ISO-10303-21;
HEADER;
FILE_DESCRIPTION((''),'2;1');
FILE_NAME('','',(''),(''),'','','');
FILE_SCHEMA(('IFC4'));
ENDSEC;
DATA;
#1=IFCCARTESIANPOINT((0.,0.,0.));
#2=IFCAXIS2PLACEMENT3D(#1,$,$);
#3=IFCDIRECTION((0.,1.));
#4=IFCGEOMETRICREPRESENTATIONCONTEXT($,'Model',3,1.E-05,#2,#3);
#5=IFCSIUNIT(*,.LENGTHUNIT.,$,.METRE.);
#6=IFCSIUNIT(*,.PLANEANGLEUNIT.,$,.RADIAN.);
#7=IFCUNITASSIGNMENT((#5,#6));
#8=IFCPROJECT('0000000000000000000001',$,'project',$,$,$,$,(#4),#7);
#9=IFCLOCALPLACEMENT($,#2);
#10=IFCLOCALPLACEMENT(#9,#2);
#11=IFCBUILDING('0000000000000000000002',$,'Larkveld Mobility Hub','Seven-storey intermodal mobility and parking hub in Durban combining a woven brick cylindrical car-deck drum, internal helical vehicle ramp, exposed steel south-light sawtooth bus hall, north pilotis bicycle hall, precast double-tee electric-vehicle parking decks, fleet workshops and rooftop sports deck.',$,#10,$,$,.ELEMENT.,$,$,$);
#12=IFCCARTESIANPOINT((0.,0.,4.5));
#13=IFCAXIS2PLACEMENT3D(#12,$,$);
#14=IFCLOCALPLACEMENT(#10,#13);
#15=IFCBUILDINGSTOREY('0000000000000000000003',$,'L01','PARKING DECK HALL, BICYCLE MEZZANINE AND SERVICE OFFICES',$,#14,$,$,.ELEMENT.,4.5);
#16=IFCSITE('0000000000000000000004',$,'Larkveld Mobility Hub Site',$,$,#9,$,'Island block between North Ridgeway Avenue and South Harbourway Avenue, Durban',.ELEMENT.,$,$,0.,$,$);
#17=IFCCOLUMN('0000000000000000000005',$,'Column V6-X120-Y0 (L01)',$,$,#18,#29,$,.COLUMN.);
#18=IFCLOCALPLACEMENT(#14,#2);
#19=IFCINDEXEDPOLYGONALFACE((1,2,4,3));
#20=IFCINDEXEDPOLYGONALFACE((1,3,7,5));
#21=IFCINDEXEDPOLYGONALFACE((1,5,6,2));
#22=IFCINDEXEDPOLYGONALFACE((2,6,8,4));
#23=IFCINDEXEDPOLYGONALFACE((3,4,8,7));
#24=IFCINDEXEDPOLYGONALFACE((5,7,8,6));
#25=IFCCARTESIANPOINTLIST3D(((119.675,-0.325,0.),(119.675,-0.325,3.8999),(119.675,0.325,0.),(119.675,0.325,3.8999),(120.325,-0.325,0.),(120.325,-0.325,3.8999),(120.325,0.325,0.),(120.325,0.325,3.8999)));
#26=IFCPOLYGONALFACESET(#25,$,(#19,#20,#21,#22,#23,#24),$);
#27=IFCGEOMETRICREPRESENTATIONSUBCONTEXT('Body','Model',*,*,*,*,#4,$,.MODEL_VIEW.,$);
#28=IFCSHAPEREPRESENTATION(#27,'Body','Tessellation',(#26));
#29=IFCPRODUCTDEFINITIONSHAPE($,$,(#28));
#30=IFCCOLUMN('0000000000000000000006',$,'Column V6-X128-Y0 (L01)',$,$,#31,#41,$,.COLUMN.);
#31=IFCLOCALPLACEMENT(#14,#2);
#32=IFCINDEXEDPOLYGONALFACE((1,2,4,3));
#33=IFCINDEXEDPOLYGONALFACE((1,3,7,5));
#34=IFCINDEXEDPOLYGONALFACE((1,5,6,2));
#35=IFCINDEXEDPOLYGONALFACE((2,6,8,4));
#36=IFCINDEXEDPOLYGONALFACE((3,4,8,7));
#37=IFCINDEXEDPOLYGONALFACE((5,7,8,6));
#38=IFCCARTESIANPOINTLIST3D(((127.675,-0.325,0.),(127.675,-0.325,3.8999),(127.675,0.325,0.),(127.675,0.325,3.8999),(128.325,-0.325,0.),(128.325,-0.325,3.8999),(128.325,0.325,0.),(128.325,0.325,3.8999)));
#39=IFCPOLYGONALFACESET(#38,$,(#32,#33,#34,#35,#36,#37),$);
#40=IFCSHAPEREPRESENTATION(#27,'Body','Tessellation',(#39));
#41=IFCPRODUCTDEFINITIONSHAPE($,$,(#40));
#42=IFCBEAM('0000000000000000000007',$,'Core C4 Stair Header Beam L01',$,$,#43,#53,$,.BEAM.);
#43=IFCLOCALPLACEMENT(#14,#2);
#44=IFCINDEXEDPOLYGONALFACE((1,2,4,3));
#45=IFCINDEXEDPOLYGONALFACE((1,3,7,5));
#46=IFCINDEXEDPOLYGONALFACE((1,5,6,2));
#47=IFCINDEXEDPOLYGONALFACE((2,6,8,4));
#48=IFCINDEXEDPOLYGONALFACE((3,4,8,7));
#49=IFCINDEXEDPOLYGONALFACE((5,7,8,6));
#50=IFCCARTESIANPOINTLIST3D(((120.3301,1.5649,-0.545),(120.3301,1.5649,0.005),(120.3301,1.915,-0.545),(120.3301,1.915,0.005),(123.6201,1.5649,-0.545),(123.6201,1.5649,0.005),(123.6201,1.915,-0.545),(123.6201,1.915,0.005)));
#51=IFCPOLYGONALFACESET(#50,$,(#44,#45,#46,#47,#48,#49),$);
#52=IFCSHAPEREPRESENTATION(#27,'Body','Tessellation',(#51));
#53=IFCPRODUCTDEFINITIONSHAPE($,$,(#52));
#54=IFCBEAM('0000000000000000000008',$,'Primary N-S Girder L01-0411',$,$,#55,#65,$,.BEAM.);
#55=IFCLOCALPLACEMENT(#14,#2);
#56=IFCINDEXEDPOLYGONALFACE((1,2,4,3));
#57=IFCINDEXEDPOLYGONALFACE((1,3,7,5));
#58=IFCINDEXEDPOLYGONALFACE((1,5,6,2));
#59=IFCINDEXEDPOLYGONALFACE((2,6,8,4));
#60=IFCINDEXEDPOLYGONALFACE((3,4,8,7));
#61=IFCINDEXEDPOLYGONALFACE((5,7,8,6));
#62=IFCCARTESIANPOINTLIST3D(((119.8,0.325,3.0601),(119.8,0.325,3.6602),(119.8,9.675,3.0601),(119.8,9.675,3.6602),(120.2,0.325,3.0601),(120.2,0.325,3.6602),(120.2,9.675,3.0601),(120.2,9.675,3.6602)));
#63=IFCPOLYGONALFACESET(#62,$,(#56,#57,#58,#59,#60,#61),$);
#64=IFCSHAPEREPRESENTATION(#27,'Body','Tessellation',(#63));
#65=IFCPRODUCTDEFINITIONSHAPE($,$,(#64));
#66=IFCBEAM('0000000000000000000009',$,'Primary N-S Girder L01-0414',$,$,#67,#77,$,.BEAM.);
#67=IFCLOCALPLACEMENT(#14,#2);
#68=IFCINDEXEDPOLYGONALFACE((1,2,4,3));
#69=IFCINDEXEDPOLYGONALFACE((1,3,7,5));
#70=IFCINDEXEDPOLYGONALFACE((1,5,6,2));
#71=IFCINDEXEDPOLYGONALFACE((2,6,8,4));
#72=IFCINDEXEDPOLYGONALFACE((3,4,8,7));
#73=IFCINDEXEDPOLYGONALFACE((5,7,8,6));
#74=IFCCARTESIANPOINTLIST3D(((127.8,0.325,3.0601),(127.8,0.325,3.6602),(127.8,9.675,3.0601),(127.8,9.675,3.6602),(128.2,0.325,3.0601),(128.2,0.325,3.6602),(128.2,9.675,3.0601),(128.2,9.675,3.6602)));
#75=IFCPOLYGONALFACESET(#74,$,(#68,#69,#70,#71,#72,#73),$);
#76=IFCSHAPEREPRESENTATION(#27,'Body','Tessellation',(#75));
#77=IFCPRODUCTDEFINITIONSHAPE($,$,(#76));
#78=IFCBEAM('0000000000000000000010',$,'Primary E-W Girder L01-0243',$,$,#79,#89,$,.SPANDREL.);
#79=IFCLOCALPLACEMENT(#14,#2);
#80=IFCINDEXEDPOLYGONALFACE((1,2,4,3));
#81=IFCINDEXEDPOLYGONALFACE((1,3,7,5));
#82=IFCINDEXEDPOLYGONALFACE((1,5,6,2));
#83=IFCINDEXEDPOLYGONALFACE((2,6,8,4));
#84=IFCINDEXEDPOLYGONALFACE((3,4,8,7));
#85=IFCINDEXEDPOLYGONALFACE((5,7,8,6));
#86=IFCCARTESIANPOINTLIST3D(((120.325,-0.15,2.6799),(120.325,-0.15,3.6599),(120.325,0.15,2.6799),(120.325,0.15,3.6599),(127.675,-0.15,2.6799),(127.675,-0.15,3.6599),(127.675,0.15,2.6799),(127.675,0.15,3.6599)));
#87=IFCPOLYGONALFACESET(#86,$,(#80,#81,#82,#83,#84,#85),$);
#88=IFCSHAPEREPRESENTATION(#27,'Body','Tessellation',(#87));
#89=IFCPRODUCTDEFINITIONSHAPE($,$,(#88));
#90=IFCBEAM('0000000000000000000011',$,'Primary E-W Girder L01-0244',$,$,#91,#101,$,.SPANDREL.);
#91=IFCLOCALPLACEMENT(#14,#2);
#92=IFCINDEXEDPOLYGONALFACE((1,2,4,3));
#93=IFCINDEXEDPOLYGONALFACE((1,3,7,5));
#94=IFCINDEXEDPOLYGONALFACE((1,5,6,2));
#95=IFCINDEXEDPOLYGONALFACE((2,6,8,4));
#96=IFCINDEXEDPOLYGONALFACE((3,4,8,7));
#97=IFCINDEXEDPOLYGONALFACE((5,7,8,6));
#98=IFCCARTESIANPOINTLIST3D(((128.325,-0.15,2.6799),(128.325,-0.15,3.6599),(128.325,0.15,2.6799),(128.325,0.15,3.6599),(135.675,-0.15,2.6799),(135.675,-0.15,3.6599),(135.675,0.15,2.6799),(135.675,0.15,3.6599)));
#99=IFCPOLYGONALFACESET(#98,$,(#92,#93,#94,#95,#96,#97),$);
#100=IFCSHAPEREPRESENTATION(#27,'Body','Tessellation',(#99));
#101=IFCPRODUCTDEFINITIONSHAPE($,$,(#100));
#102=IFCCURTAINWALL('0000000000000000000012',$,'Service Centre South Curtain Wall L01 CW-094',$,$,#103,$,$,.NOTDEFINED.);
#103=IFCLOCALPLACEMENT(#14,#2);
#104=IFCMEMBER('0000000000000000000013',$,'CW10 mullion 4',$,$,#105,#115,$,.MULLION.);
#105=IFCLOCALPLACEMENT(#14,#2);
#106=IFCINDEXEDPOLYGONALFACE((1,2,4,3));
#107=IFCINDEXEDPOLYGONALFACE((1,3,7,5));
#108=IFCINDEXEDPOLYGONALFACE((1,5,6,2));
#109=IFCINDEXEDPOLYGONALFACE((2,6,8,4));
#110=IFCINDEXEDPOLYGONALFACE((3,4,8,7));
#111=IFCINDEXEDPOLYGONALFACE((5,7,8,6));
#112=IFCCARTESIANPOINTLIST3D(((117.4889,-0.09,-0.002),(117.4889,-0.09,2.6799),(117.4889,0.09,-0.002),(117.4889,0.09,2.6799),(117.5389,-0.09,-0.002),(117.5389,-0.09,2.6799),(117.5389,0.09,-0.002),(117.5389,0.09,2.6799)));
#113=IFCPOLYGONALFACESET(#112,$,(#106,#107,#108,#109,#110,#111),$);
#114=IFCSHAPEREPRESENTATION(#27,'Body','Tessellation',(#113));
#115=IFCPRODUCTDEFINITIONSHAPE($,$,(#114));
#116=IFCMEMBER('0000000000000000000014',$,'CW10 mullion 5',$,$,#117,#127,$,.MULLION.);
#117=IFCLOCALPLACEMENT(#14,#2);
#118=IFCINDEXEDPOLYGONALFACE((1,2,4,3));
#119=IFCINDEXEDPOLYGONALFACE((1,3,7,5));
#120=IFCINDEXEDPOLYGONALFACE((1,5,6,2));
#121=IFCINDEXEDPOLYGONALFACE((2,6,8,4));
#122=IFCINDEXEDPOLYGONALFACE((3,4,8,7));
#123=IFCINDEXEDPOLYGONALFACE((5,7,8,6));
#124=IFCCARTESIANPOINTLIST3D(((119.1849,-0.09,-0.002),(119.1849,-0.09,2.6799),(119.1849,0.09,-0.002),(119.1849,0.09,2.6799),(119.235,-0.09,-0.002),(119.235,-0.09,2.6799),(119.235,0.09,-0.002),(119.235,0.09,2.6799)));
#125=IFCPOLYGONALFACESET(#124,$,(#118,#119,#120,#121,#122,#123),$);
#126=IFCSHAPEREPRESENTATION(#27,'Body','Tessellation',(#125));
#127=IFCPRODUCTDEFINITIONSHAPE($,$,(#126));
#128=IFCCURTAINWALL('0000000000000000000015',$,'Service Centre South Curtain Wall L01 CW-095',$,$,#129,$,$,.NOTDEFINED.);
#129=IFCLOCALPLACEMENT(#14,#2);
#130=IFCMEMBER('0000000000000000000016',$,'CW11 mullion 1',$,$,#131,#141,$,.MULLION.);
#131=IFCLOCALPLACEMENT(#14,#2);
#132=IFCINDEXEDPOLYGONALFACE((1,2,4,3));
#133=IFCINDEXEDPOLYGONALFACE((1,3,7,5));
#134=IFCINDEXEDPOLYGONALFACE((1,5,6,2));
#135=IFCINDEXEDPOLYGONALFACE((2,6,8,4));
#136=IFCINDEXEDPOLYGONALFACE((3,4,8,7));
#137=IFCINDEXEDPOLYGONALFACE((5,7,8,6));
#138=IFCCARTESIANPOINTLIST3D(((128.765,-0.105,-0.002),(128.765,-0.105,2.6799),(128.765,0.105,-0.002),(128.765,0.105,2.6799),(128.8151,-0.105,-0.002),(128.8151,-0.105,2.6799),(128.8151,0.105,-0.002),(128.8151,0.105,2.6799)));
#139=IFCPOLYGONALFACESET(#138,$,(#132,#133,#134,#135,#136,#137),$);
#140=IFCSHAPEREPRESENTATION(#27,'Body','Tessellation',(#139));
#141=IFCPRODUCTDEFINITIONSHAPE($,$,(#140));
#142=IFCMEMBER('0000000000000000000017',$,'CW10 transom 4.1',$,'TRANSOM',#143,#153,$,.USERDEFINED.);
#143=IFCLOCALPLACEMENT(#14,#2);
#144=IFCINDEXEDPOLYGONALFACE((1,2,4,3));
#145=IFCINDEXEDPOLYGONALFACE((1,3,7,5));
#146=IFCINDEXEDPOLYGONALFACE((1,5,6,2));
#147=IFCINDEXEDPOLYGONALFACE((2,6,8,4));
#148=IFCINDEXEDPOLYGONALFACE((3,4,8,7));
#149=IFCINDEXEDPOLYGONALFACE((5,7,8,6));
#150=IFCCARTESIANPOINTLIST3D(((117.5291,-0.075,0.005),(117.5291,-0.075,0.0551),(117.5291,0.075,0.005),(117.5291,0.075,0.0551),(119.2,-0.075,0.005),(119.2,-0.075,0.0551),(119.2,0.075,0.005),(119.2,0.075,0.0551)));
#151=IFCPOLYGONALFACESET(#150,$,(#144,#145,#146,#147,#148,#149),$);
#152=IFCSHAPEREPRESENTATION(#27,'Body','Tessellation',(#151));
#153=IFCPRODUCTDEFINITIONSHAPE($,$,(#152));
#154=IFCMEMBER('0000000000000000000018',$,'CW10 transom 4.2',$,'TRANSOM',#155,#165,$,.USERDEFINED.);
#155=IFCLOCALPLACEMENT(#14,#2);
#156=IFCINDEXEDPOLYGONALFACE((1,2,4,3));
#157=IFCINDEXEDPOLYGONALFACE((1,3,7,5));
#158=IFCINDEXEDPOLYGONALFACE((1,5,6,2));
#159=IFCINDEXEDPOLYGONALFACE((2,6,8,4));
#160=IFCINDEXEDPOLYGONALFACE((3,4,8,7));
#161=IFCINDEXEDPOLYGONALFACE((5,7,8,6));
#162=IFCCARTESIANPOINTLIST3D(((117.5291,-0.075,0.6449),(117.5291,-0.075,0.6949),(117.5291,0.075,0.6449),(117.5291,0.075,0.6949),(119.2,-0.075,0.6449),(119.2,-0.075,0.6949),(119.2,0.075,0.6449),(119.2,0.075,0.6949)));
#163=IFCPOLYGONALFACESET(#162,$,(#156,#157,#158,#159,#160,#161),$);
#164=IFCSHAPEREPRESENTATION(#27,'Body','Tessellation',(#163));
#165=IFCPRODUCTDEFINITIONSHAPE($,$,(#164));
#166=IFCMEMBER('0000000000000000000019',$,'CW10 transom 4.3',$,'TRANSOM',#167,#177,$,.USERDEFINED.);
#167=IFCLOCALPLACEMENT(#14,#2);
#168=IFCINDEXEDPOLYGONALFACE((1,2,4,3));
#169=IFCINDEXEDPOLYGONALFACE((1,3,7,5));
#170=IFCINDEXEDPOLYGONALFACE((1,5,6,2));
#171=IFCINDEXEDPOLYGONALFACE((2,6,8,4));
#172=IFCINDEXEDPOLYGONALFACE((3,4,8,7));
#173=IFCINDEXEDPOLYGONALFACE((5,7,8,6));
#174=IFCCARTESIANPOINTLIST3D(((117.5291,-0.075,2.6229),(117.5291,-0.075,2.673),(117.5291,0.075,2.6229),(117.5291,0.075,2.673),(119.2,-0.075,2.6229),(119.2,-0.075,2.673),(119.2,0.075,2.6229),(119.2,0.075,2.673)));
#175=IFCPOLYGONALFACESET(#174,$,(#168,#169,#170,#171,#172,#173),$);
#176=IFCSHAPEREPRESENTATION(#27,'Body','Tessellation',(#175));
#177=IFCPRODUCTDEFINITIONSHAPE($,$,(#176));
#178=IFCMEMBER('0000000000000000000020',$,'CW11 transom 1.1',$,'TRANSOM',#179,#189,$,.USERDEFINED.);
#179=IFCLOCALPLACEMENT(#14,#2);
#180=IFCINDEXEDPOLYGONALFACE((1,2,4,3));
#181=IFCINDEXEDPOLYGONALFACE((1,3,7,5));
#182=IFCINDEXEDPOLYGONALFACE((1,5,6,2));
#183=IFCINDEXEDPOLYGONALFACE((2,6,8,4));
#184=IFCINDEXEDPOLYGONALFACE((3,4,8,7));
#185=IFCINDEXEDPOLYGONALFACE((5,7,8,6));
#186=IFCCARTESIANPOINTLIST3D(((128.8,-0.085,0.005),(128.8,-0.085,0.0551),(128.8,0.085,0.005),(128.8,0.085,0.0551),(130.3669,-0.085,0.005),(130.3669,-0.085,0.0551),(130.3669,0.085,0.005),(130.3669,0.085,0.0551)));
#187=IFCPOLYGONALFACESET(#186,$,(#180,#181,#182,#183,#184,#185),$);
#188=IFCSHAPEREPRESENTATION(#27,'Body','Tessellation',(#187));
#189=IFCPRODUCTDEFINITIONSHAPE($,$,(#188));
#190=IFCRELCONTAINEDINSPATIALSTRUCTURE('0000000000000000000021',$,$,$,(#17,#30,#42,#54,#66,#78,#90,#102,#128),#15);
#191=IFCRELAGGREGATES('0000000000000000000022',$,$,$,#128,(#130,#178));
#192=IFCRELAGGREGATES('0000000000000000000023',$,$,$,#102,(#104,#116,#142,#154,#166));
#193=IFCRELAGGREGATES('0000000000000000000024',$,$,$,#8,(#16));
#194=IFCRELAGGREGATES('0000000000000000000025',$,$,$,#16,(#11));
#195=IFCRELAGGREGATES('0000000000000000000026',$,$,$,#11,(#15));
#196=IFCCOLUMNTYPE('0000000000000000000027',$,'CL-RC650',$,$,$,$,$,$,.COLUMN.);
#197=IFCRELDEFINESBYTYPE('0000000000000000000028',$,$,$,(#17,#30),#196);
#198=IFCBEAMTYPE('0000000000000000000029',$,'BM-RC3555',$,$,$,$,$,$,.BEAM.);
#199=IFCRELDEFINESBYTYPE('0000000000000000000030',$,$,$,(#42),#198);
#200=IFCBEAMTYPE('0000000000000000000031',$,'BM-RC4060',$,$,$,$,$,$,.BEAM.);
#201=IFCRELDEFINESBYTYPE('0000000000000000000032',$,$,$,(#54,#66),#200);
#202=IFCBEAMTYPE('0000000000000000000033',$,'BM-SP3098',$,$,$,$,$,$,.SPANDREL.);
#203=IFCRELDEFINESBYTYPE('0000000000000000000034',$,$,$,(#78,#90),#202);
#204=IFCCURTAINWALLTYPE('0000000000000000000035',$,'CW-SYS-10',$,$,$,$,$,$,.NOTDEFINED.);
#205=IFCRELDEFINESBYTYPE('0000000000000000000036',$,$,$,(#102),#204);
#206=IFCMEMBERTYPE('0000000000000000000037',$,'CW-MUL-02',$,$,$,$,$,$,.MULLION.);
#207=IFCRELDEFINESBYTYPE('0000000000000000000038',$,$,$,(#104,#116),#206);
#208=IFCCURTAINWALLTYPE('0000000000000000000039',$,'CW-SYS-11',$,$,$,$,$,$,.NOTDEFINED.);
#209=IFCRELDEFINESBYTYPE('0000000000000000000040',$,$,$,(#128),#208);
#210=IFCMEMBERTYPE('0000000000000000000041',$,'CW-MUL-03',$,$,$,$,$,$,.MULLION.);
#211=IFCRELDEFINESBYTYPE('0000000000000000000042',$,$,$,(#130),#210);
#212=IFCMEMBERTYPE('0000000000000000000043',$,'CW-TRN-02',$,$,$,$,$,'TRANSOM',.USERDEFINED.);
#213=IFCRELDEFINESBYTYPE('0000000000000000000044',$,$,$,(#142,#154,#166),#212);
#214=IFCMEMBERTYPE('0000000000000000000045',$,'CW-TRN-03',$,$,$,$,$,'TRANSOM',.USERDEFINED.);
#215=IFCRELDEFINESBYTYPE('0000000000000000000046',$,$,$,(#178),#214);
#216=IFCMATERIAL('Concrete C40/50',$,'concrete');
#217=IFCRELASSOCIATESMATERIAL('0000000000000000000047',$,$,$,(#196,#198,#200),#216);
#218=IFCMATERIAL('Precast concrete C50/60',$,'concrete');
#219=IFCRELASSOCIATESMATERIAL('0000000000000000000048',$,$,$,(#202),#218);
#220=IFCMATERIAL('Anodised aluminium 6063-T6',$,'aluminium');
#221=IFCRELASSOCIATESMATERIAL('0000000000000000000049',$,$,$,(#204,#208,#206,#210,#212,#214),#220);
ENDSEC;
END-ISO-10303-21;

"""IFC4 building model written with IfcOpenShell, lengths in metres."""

from ifc_helpers import new_model, si_unit, direction, frame, origin, origin_2d, place, context, subcontext, project, spatial, rectangle, extrude, material, material_profile, profile_set, type_object, element, aggregate, save


model = new_model("IFC4")

# Units and contexts
model_context = context("Model", 3, precision=1e-05, world=origin(), true_north=direction((0.0, 1.0)))
body_context = subcontext(model_context, "Body", "Model", "MODEL_VIEW")
ifc_project = project(units=[si_unit("LENGTHUNIT", "METRE"), si_unit("PLANEANGLEUNIT", "RADIAN")], contexts=[model_context])

# Site, building, storey
site_placement = place(None, origin())
site = spatial("IfcSite", under=ifc_project, at=site_placement, Name="Larkveld Mobility Hub Site", LongName="Island block between North Ridgeway Avenue and South Harbourway Avenue, Durban", CompositionType="ELEMENT", RefElevation=0.0)
building_placement = place(site_placement, origin())
building = spatial("IfcBuilding", under=site, at=building_placement, Name="Larkveld Mobility Hub", Description="Seven-storey intermodal mobility and parking hub in Durban combining a woven brick cylindrical car-deck drum, internal helical vehicle ramp, exposed steel south-light sawtooth bus hall, north pilotis bicycle hall, precast double-tee electric-vehicle parking decks, fleet workshops and rooftop sports deck.", CompositionType="ELEMENT")
storey_placement = place(building_placement, frame((0.0, 0.0, 4.5)))
storey = spatial("IfcBuildingStorey", under=building, at=storey_placement, Name="L01", Description="PARKING DECK HALL, BICYCLE MEZZANINE AND SERVICE OFFICES", CompositionType="ELEMENT", Elevation=4.5)

# Columns
ifc_material_1 = material(Name="Concrete C40/50", Category="concrete")
ifc_material_profile_1 = material_profile(ifc_material_1, rectangle(XDim=0.6499, YDim=0.6499, at=origin_2d()), Name="RC COL 650x650")
ifc_profile_set_1 = profile_set([ifc_material_profile_1], Name="Concrete C40/50")
column_type = type_object("IfcColumnType", Name="CL-RC650", PredefinedType="COLUMN", material=ifc_profile_set_1)
for number, where, z_axis, x_axis, name in (
    (1, (120.0, 0.0, 0.0), (0.0, 0.0, 1.0), (1.0, 0.0, 0.0), "Column V6-X120-Y0 (L01)"),
    (2, (128.0, 0.0, 0.0), (0.0, 0.0, 1.0), (1.0, 0.0, 0.0), "Column V6-X128-Y0 (L01)"),
):
    element("IfcColumn", number, at=place(storey_placement, frame(where, z_axis=z_axis, x_axis=x_axis)), inside=storey, type_object=column_type, Name=name, PredefinedType="COLUMN", context=body_context, shape_type="SweptSolid", body=[
        extrude(rectangle(XDim=0.6499, YDim=0.6499, at=origin_2d()), origin(), (0.0, 0.0, 1.0), 3.8999),
    ])

# Beams
ifc_material_profile_2 = material_profile(ifc_material_1, rectangle(XDim=0.3501, YDim=0.55, at=origin_2d()), Name="RC BM 350x550")
ifc_profile_set_2 = profile_set([ifc_material_profile_2], Name="Concrete C40/50")
beam_type_1 = type_object("IfcBeamType", Name="BM-RC3555", PredefinedType="BEAM", material=ifc_profile_set_2)
beam_placement = place(storey_placement, frame((120.3301, 1.74, -0.27), z_axis=(1.0, 0.0, 0.0), x_axis=(0.0, 1.0, 0.0)))
element("IfcBeam", 3, at=beam_placement, inside=storey, type_object=beam_type_1, Name="Core C4 Stair Header Beam L01", PredefinedType="BEAM", context=body_context, shape_type="SweptSolid", body=[
    extrude(rectangle(XDim=0.3501, YDim=0.55, at=origin_2d()), origin(), (0.0, 0.0, 1.0), 3.29),
])
ifc_material_profile_3 = material_profile(ifc_material_1, rectangle(XDim=0.3999, YDim=0.6001, at=origin_2d()), Name="RC BM 400x600")
ifc_profile_set_3 = profile_set([ifc_material_profile_3], Name="Concrete C40/50")
beam_type_2 = type_object("IfcBeamType", Name="BM-RC4060", PredefinedType="BEAM", material=ifc_profile_set_3)
for number, where, z_axis, x_axis, name in (
    (4, (120.0, 0.325, 3.3601), (0.0, 1.0, 0.0), (-1.0, 0.0, 0.0), "Primary N-S Girder L01-0411"),
    (5, (128.0, 0.325, 3.3601), (0.0, 1.0, 0.0), (-1.0, 0.0, 0.0), "Primary N-S Girder L01-0414"),
):
    element("IfcBeam", number, at=place(storey_placement, frame(where, z_axis=z_axis, x_axis=x_axis)), inside=storey, type_object=beam_type_2, Name=name, PredefinedType="BEAM", context=body_context, shape_type="SweptSolid", body=[
        extrude(rectangle(XDim=0.3999, YDim=0.6001, at=origin_2d()), origin(), (0.0, 0.0, 1.0), 9.3501),
    ])
ifc_material_2 = material(Name="Precast concrete C50/60", Category="concrete")
ifc_material_profile_4 = material_profile(ifc_material_2, rectangle(XDim=0.3, YDim=0.98, at=origin_2d()), Name="PC SP 300x980")
ifc_profile_set_4 = profile_set([ifc_material_profile_4], Name="Precast concrete C50/60")
beam_type_3 = type_object("IfcBeamType", Name="BM-SP3098", PredefinedType="SPANDREL", material=ifc_profile_set_4)
for number, where, z_axis, x_axis, name in (
    (6, (120.325, 0.0, 3.1699), (1.0, 0.0, 0.0), (0.0, 1.0, 0.0), "Primary E-W Girder L01-0243"),
    (7, (128.325, 0.0, 3.1699), (1.0, 0.0, 0.0), (0.0, 1.0, 0.0), "Primary E-W Girder L01-0244"),
):
    element("IfcBeam", number, at=place(storey_placement, frame(where, z_axis=z_axis, x_axis=x_axis)), inside=storey, type_object=beam_type_3, Name=name, PredefinedType="SPANDREL", context=body_context, shape_type="SweptSolid", body=[
        extrude(rectangle(XDim=0.3, YDim=0.98, at=origin_2d()), origin(), (0.0, 0.0, 1.0), 7.3501),
    ])

# Curtain wall, members
ifc_material_3 = material(Name="Anodised aluminium 6063-T6", Category="aluminium")
curtain_wall_type_1 = type_object("IfcCurtainWallType", Name="CW-SYS-10", PredefinedType="NOTDEFINED", material=ifc_material_3)
curtain_wall_1_placement = place(storey_placement, origin())
curtain_wall_1 = element("IfcCurtainWall", 8, at=curtain_wall_1_placement, inside=storey, type_object=curtain_wall_type_1, Name="Service Centre South Curtain Wall L01 CW-094", PredefinedType="NOTDEFINED")
ifc_material_profile_5 = material_profile(ifc_material_3, rectangle(XDim=0.05, YDim=0.1799, at=origin_2d()), Name="ALU MULL 50x180")
ifc_profile_set_5 = profile_set([ifc_material_profile_5], Name="Anodised aluminium 6063-T6")
member_type_1 = type_object("IfcMemberType", Name="CW-MUL-02", PredefinedType="MULLION", material=ifc_profile_set_5)
member_1_placement = place(storey_placement, frame((117.5139, 0.0, -0.002), z_axis=(0.0, 0.0, 1.0), x_axis=(1.0, 0.0, 0.0)))
member_1 = element("IfcMember", 9, at=member_1_placement, type_object=member_type_1, Name="CW10 mullion 4", PredefinedType="MULLION", context=body_context, shape_type="SweptSolid", body=[
    extrude(rectangle(XDim=0.05, YDim=0.1799, at=origin_2d()), origin(), (0.0, 0.0, 1.0), 2.6819),
])
member_2_placement = place(storey_placement, frame((119.21, 0.0, -0.002), z_axis=(0.0, 0.0, 1.0), x_axis=(1.0, 0.0, 0.0)))
member_2 = element("IfcMember", 10, at=member_2_placement, type_object=member_type_1, Name="CW10 mullion 5", PredefinedType="MULLION", context=body_context, shape_type="SweptSolid", body=[
    extrude(rectangle(XDim=0.05, YDim=0.1799, at=origin_2d()), origin(), (0.0, 0.0, 1.0), 2.6819),
])

# Curtain wall, member
curtain_wall_type_2 = type_object("IfcCurtainWallType", Name="CW-SYS-11", PredefinedType="NOTDEFINED", material=ifc_material_3)
curtain_wall_2_placement = place(storey_placement, origin())
curtain_wall_2 = element("IfcCurtainWall", 11, at=curtain_wall_2_placement, inside=storey, type_object=curtain_wall_type_2, Name="Service Centre South Curtain Wall L01 CW-095", PredefinedType="NOTDEFINED")
ifc_material_profile_6 = material_profile(ifc_material_3, rectangle(XDim=0.05, YDim=0.21, at=origin_2d()), Name="ALU MULL 50x210")
ifc_profile_set_6 = profile_set([ifc_material_profile_6], Name="Anodised aluminium 6063-T6")
member_type_2 = type_object("IfcMemberType", Name="CW-MUL-03", PredefinedType="MULLION", material=ifc_profile_set_6)
member_3_placement = place(storey_placement, frame((128.79, 0.0, -0.002), z_axis=(0.0, 0.0, 1.0), x_axis=(1.0, 0.0, 0.0)))
member_3 = element("IfcMember", 12, at=member_3_placement, type_object=member_type_2, Name="CW11 mullion 1", PredefinedType="MULLION", context=body_context, shape_type="SweptSolid", body=[
    extrude(rectangle(XDim=0.05, YDim=0.21, at=origin_2d()), origin(), (0.0, 0.0, 1.0), 2.6819),
])

# Members
ifc_material_profile_7 = material_profile(ifc_material_3, rectangle(XDim=0.1499, YDim=0.05, at=origin_2d()), Name="ALU TRAN 50x150")
ifc_profile_set_7 = profile_set([ifc_material_profile_7], Name="Anodised aluminium 6063-T6")
member_type_3 = type_object("IfcMemberType", Name="CW-TRN-02", ElementType="TRANSOM", PredefinedType="USERDEFINED", material=ifc_profile_set_7)
member_4_placement = place(storey_placement, frame((117.5291, 0.0, 0.03), z_axis=(1.0, 0.0, 0.0), x_axis=(0.0, 1.0, 0.0)))
member_4 = element("IfcMember", 13, at=member_4_placement, type_object=member_type_3, Name="CW10 transom 4.1", ObjectType="TRANSOM", PredefinedType="USERDEFINED", context=body_context, shape_type="SweptSolid", body=[
    extrude(rectangle(XDim=0.1499, YDim=0.05, at=origin_2d()), origin(), (0.0, 0.0, 1.0), 1.6709),
])
member_5_placement = place(storey_placement, frame((117.5291, 0.0, 0.6699), z_axis=(1.0, 0.0, 0.0), x_axis=(0.0, 1.0, 0.0)))
member_5 = element("IfcMember", 14, at=member_5_placement, type_object=member_type_3, Name="CW10 transom 4.2", ObjectType="TRANSOM", PredefinedType="USERDEFINED", context=body_context, shape_type="SweptSolid", body=[
    extrude(rectangle(XDim=0.1499, YDim=0.05, at=origin_2d()), origin(), (0.0, 0.0, 1.0), 1.6709),
])
member_6_placement = place(storey_placement, frame((117.5291, 0.0, 2.6479), z_axis=(1.0, 0.0, 0.0), x_axis=(0.0, 1.0, 0.0)))
member_6 = element("IfcMember", 15, at=member_6_placement, type_object=member_type_3, Name="CW10 transom 4.3", ObjectType="TRANSOM", PredefinedType="USERDEFINED", context=body_context, shape_type="SweptSolid", body=[
    extrude(rectangle(XDim=0.1499, YDim=0.05, at=origin_2d()), origin(), (0.0, 0.0, 1.0), 1.6709),
])
ifc_material_profile_8 = material_profile(ifc_material_3, rectangle(XDim=0.1699, YDim=0.05, at=origin_2d()), Name="ALU TRAN 50x170")
ifc_profile_set_8 = profile_set([ifc_material_profile_8], Name="Anodised aluminium 6063-T6")
member_type_4 = type_object("IfcMemberType", Name="CW-TRN-03", ElementType="TRANSOM", PredefinedType="USERDEFINED", material=ifc_profile_set_8)
member_7_placement = place(storey_placement, frame((128.8, 0.0, 0.03), z_axis=(1.0, 0.0, 0.0), x_axis=(0.0, 1.0, 0.0)))
member_7 = element("IfcMember", 16, at=member_7_placement, type_object=member_type_4, Name="CW11 transom 1.1", ObjectType="TRANSOM", PredefinedType="USERDEFINED", context=body_context, shape_type="SweptSolid", body=[
    extrude(rectangle(XDim=0.1699, YDim=0.05, at=origin_2d()), origin(), (0.0, 0.0, 1.0), 1.5669),
])
aggregate(curtain_wall_2, [member_3, member_7])

aggregate(curtain_wall_1, [member_1, member_2, member_4, member_5, member_6])

save(model, "model.ifc")
